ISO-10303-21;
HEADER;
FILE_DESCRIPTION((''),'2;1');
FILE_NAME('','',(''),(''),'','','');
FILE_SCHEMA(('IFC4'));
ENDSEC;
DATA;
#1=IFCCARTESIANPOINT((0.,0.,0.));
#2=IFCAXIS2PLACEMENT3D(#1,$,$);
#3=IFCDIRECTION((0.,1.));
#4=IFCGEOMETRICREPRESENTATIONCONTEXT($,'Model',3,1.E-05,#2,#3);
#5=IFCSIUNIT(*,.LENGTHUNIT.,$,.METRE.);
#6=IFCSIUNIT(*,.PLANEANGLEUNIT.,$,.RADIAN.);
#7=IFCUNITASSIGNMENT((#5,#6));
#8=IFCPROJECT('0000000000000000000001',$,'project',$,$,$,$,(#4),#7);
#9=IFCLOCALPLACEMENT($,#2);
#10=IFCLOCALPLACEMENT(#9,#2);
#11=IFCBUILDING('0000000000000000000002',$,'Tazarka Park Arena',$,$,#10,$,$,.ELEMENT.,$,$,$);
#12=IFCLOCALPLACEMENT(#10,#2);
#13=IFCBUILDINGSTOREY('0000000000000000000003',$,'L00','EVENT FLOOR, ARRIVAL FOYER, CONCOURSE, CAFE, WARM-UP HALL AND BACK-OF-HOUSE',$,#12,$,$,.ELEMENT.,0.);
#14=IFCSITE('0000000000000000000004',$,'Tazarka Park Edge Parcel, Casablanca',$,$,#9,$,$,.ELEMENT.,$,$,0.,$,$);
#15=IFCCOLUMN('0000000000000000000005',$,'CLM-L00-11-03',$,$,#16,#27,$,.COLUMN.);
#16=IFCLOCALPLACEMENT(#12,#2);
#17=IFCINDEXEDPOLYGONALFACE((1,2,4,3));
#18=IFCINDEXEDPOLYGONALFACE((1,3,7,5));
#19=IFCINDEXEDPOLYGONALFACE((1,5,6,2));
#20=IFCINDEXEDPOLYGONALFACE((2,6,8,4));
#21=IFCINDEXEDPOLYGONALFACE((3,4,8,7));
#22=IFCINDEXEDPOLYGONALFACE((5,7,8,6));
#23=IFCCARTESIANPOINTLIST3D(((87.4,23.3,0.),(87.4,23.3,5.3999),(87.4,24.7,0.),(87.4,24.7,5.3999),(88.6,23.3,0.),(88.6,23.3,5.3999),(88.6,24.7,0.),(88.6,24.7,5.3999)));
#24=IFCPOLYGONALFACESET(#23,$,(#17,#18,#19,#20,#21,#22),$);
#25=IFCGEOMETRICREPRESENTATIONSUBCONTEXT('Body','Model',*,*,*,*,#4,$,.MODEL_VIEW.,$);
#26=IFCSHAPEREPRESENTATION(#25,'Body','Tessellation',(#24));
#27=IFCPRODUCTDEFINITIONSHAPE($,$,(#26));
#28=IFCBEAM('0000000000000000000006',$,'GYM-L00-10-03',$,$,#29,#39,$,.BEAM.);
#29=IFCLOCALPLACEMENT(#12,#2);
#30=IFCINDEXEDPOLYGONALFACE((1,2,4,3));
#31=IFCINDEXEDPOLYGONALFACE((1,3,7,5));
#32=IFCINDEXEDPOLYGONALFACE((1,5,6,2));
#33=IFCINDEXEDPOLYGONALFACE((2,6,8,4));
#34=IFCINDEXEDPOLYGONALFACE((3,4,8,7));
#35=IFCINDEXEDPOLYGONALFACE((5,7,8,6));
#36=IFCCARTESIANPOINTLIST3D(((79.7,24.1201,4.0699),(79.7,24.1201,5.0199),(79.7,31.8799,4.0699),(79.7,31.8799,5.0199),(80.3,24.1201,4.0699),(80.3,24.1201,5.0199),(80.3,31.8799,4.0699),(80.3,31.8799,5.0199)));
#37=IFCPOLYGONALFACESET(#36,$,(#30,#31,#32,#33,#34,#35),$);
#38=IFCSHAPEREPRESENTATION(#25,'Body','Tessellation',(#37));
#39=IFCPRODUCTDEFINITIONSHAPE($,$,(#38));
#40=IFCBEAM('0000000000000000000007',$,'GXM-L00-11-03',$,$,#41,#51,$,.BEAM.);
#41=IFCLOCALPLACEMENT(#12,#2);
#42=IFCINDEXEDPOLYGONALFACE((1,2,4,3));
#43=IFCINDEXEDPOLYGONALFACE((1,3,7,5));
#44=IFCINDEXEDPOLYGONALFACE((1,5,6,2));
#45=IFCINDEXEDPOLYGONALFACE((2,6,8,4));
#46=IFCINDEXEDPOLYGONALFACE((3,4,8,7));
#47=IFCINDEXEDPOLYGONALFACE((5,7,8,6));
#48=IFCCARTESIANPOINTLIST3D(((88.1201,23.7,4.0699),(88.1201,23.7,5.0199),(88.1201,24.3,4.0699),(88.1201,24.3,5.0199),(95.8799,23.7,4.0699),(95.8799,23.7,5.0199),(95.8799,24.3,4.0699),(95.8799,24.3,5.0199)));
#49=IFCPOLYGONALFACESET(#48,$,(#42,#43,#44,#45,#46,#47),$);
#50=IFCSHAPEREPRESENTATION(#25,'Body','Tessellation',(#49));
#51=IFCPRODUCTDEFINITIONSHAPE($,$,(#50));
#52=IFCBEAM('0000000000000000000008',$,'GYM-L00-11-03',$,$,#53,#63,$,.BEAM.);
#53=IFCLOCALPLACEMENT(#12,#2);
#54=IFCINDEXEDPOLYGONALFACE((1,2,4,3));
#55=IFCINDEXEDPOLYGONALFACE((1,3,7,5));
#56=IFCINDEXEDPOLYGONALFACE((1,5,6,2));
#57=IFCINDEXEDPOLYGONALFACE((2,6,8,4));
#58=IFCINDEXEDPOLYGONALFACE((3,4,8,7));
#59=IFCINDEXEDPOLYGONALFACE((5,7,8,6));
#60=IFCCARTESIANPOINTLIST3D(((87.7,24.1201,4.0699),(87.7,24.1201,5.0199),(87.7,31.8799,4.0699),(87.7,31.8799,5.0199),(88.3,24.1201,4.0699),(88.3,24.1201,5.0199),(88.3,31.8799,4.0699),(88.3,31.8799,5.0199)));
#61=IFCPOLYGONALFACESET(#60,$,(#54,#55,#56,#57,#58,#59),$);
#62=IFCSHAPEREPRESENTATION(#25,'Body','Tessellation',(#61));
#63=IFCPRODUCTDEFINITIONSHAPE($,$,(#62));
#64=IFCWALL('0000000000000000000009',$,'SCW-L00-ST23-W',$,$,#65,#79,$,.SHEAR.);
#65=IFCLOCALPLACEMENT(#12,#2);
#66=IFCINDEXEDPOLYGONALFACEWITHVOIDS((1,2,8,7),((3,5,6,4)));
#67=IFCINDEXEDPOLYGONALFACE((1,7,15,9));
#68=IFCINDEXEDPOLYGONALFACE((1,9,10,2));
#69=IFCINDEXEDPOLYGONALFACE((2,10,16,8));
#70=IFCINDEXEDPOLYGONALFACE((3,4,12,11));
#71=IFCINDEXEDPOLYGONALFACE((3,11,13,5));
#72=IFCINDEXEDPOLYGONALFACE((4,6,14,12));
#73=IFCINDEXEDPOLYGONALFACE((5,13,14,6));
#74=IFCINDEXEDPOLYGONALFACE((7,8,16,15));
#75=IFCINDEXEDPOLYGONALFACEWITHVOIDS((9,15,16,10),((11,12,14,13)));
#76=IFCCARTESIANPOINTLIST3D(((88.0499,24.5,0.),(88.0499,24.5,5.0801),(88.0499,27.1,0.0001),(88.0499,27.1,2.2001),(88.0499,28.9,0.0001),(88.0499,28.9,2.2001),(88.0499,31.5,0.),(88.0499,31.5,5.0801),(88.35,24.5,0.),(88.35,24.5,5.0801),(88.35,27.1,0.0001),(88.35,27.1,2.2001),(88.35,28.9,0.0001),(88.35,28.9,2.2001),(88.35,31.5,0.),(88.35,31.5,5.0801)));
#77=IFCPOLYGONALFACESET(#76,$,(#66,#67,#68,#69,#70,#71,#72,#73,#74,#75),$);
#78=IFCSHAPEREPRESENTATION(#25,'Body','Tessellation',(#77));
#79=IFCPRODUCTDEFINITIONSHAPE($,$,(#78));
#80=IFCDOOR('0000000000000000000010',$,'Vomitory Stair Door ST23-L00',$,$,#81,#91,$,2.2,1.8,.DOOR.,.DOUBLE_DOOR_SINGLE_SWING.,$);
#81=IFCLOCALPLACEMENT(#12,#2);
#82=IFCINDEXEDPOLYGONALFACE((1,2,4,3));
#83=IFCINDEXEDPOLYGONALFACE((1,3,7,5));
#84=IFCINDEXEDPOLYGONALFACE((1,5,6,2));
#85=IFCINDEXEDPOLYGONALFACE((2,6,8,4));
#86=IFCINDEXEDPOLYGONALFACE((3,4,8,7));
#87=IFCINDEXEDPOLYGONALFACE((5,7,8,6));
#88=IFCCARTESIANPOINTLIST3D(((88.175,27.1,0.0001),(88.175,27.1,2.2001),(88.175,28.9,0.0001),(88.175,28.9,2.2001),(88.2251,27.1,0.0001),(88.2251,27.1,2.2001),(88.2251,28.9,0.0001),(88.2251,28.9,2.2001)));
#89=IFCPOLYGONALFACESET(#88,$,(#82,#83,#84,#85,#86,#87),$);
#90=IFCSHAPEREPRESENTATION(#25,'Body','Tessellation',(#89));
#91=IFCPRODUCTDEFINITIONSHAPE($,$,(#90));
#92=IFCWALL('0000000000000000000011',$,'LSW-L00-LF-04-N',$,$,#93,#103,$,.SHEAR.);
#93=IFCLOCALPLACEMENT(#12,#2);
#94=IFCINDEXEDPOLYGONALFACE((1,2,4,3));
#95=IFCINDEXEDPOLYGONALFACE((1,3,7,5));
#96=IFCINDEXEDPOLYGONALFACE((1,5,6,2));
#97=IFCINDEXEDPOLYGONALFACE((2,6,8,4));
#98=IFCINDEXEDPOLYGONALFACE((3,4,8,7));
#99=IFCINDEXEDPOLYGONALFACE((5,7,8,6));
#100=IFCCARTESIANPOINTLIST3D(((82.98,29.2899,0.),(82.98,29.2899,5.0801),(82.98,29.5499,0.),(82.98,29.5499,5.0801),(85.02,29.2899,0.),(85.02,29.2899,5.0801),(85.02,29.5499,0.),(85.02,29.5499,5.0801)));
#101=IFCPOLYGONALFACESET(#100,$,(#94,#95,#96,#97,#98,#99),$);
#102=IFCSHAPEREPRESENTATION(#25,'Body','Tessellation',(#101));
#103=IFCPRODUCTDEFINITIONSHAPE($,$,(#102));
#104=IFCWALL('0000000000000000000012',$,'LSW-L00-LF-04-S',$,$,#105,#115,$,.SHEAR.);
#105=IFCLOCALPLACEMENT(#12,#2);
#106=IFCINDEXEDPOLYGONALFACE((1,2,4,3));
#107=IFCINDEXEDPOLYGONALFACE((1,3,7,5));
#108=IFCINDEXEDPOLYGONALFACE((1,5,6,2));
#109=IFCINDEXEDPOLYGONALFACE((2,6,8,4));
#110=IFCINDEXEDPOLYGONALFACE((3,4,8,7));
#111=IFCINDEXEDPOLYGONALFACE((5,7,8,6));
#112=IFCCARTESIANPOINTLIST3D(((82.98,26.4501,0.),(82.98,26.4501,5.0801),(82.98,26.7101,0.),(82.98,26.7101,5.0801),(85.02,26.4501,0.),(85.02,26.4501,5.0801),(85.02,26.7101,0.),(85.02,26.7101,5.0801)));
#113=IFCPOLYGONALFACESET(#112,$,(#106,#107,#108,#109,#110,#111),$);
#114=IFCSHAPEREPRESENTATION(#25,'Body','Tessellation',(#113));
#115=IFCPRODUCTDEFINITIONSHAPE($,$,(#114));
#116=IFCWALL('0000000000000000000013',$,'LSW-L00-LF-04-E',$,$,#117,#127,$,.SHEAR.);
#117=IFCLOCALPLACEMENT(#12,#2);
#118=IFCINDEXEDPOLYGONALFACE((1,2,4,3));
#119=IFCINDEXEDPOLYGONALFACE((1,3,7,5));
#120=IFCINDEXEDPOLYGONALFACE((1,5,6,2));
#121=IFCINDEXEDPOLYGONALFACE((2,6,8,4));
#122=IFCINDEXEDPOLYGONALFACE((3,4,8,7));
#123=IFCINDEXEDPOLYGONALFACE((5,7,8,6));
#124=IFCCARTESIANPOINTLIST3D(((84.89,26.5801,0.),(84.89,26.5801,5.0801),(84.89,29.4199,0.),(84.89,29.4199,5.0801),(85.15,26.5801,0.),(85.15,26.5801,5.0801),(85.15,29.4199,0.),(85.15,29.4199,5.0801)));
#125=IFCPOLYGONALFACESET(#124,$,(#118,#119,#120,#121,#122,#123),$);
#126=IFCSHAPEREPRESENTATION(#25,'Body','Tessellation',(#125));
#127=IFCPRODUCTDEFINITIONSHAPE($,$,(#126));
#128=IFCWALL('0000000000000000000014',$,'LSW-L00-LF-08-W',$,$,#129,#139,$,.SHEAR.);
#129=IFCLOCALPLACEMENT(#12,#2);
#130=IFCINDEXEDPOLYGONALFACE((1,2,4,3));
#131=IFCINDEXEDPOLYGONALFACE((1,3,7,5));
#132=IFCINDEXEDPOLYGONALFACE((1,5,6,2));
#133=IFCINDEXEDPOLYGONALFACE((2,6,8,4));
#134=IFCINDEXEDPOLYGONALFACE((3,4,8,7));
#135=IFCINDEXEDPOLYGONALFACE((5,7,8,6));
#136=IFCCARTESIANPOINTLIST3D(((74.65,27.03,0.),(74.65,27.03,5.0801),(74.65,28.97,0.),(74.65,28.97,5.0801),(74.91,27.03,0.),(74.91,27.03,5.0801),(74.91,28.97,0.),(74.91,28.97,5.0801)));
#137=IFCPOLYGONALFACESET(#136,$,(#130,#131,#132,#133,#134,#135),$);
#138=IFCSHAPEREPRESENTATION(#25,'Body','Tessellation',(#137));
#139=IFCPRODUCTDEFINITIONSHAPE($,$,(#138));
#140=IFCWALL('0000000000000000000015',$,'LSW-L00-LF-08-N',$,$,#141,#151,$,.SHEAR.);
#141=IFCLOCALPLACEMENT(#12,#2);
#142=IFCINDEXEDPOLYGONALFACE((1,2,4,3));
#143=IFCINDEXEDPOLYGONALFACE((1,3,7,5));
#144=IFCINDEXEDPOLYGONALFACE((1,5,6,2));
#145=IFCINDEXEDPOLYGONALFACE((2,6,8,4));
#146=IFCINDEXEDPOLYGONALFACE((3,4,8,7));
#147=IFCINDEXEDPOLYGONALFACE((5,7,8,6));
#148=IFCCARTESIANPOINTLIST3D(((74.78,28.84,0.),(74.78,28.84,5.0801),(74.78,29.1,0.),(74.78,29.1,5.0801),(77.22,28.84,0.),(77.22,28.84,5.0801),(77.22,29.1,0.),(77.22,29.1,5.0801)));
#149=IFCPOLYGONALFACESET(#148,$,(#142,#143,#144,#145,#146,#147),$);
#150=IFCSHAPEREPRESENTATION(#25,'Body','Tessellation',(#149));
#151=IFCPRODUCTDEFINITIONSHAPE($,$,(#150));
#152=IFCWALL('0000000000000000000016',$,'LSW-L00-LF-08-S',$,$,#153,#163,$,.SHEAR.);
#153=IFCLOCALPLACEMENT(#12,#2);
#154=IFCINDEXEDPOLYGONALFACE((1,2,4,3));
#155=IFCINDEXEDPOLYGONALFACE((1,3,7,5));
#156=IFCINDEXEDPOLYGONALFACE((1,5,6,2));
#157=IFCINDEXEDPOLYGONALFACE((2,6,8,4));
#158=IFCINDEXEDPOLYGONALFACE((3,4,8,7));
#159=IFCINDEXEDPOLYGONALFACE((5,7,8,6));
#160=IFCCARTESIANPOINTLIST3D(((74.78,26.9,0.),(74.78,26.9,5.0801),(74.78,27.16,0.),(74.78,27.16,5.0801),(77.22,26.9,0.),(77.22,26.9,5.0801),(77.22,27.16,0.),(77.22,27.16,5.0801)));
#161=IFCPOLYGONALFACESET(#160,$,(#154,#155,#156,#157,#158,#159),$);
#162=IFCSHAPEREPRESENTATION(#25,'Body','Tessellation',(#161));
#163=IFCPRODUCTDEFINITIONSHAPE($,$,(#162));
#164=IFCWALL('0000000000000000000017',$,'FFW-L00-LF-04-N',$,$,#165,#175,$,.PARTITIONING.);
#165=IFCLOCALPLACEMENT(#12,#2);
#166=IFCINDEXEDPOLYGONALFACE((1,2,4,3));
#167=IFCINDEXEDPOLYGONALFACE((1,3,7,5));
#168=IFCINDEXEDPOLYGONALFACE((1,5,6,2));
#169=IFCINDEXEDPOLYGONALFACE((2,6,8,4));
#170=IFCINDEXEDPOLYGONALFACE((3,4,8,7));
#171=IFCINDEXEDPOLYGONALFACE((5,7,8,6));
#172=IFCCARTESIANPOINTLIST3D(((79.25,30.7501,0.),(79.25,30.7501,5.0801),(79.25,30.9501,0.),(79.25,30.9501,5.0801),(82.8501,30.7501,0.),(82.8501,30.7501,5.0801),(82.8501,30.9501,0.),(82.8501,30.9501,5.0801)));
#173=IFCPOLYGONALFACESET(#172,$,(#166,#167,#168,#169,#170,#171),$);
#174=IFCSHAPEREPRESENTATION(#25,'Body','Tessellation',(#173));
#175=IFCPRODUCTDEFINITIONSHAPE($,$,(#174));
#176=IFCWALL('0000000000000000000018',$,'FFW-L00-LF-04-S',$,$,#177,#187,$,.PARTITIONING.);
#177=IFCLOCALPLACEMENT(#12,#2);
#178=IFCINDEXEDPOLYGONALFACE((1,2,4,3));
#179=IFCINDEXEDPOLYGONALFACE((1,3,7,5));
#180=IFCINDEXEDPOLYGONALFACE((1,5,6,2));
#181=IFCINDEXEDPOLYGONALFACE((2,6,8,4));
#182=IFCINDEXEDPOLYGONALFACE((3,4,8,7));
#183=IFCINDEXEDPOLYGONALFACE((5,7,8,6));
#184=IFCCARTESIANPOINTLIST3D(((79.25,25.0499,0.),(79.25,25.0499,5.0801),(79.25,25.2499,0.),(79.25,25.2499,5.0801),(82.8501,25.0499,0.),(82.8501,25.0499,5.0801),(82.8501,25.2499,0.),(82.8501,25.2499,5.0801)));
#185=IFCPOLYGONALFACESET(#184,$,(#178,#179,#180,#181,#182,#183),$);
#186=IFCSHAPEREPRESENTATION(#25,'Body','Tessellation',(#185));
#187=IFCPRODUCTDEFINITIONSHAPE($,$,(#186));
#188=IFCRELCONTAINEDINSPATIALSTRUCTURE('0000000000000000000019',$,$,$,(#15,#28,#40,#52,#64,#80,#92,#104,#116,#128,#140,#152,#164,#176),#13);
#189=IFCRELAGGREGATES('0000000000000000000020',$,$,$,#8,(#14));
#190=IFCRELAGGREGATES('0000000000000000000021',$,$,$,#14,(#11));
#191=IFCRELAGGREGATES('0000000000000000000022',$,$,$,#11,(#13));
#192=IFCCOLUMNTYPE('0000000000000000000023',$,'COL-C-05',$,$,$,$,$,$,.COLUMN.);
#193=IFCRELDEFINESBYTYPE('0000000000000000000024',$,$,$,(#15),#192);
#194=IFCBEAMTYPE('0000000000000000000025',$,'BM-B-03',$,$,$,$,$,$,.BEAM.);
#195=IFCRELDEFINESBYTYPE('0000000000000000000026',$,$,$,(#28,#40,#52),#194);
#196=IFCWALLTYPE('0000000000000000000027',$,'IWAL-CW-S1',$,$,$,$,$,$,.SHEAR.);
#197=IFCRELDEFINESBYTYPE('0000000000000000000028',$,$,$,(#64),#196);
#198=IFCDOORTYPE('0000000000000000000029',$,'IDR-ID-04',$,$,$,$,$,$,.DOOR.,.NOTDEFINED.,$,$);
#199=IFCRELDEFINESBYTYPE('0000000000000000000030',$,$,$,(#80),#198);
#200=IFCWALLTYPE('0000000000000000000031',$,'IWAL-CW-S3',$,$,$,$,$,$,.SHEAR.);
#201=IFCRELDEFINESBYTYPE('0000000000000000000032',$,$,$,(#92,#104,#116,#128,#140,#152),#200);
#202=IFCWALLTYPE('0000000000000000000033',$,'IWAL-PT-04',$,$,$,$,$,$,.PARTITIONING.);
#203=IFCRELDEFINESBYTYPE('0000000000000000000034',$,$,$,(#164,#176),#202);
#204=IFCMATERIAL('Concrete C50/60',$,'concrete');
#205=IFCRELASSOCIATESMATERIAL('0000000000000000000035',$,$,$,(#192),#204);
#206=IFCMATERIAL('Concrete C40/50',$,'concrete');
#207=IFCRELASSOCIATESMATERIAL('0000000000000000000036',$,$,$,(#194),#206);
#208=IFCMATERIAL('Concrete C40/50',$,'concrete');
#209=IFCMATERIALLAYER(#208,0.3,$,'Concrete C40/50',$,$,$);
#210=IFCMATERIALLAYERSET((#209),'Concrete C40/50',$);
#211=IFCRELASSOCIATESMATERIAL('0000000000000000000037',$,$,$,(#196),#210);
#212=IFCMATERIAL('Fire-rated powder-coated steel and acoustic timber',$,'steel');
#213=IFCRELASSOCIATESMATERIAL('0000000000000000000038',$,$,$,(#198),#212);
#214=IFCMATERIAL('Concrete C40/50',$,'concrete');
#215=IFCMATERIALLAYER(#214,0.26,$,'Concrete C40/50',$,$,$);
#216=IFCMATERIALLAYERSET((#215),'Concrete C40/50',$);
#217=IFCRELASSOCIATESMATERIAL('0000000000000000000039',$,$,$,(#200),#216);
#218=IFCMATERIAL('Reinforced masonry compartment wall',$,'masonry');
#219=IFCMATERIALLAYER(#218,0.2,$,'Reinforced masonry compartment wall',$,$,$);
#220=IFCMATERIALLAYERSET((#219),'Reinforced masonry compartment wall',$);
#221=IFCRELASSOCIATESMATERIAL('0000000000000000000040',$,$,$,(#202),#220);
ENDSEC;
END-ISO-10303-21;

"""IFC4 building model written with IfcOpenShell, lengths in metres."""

from ifc_helpers import new_model, si_unit, direction, frame, frame_2d, origin, origin_2d, place, context, subcontext, project, spatial, rectangle, extrude, material, layer, layer_set, material_profile, profile_set, type_object, element, fill, save


model = new_model("IFC4")

# Units and contexts
model_context = context("Model", 3, precision=1e-05, world=origin(), true_north=direction((0.0, 1.0)))
body_context = subcontext(model_context, "Body", "Model", "MODEL_VIEW")
ifc_project = project(units=[si_unit("LENGTHUNIT", "METRE"), si_unit("PLANEANGLEUNIT", "RADIAN")], contexts=[model_context])

# Site, building, storey
site_placement = place(None, origin())
site = spatial("IfcSite", under=ifc_project, at=site_placement, Name="Tazarka Park Edge Parcel, Casablanca", CompositionType="ELEMENT", RefElevation=0.0)
building_placement = place(site_placement, origin())
building = spatial("IfcBuilding", under=site, at=building_placement, Name="Tazarka Park Arena", CompositionType="ELEMENT")
storey_placement = place(building_placement, origin())
storey = spatial("IfcBuildingStorey", under=building, at=storey_placement, Name="L00", Description="EVENT FLOOR, ARRIVAL FOYER, CONCOURSE, CAFE, WARM-UP HALL AND BACK-OF-HOUSE", CompositionType="ELEMENT", Elevation=0.0)

# Column
ifc_material_1 = material(Name="Concrete C50/60", Category="concrete")
ifc_material_profile_1 = material_profile(ifc_material_1, rectangle(XDim=1.2, YDim=1.3999, at=origin_2d()), Name="Concrete C50/60")
ifc_profile_set_1 = profile_set([ifc_material_profile_1], Name="Concrete C50/60")
column_type = type_object("IfcColumnType", Name="COL-C-05", PredefinedType="COLUMN", material=ifc_profile_set_1)
column_placement = place(storey_placement, frame((88.0, 24.0, 0.0), z_axis=(0.0, 0.0, 1.0), x_axis=(1.0, 0.0, 0.0)))
element("IfcColumn", 1, at=column_placement, inside=storey, type_object=column_type, Name="CLM-L00-11-03", PredefinedType="COLUMN", context=body_context, shape_type="SweptSolid", body=[
    extrude(rectangle(XDim=1.2, YDim=1.3999, at=origin_2d()), origin(), (0.0, 0.0, 1.0), 5.3999),
])

# Beams
ifc_material_2 = material(Name="Concrete C40/50", Category="concrete")
ifc_material_profile_2 = material_profile(ifc_material_2, rectangle(XDim=0.6001, YDim=0.95, at=origin_2d()), Name="Concrete C40/50")
ifc_profile_set_2 = profile_set([ifc_material_profile_2], Name="Concrete C40/50")
beam_type = type_object("IfcBeamType", Name="BM-B-03", PredefinedType="BEAM", material=ifc_profile_set_2)
for number, where, z_axis, x_axis, name in (
    (2, (80.0, 24.1201, 4.5449), (0.0, 1.0, 0.0), (-1.0, 0.0, 0.0), "GYM-L00-10-03"),
    (3, (88.1201, 24.0, 4.5449), (1.0, 0.0, 0.0), (0.0, 1.0, 0.0), "GXM-L00-11-03"),
    (4, (88.0, 24.1201, 4.5449), (0.0, 1.0, 0.0), (-1.0, 0.0, 0.0), "GYM-L00-11-03"),
):
    element("IfcBeam", number, at=place(storey_placement, frame(where, z_axis=z_axis, x_axis=x_axis)), inside=storey, type_object=beam_type, Name=name, PredefinedType="BEAM", context=body_context, shape_type="SweptSolid", body=[
        extrude(rectangle(XDim=0.6001, YDim=0.95, at=origin_2d()), origin(), (0.0, 0.0, 1.0), 7.7598),
    ])

# Wall, opening, door
ifc_material_3 = material(Name="Concrete C40/50", Category="concrete")
ifc_layer_1 = layer(ifc_material_3, 0.3, Name="Concrete C40/50")
ifc_layer_set_1 = layer_set([ifc_layer_1], Name="Concrete C40/50")
wall_type_1 = type_object("IfcWallType", Name="IWAL-CW-S1", PredefinedType="SHEAR", material=ifc_layer_set_1)
wall_1_placement = place(storey_placement, frame((88.2, 24.5, 0.0), z_axis=(0.0, 0.0, 1.0), x_axis=(0.0, 1.0, 0.0)))
wall_1 = element("IfcWall", 5, at=wall_1_placement, inside=storey, type_object=wall_type_1, Name="SCW-L00-ST23-W", PredefinedType="SHEAR", context=body_context, shape_type="SweptSolid", body=[
    extrude(rectangle(XDim=7.0, YDim=0.3, at=frame_2d((3.5, 0.0))), origin(), (0.0, 0.0, 1.0), 5.0801),
])
opening_1_placement = place(wall_1_placement, frame((2.6001, 0.0, 0.0)))
opening_1 = element("IfcOpeningElement", 6, at=opening_1_placement, cuts=wall_1, PredefinedType="OPENING", context=body_context, shape_type="SweptSolid", body=[
    extrude(rectangle(XDim=1.8, YDim=2.2, at=frame_2d((0.8999, 1.1001))), frame((0.0, 0.1602, 0.0), z_axis=(0.0, -1.0, 0.0), x_axis=(1.0, 0.0, 0.0)), (0.0, 0.0, 1.0), 0.3201),
])
ifc_material_4 = material(Name="Fire-rated powder-coated steel and acoustic timber", Category="steel")
door_type_1 = type_object("IfcDoorType", Name="IDR-ID-04", OperationType="NOTDEFINED", PredefinedType="DOOR", material=ifc_material_4)
door_1_placement = place(opening_1_placement, origin())
door_1 = element("IfcDoor", 7, at=door_1_placement, inside=storey, type_object=door_type_1, Name="Vomitory Stair Door ST23-L00", OperationType="DOUBLE_DOOR_SINGLE_SWING", OverallHeight=2.2, OverallWidth=1.8, PredefinedType="DOOR", context=body_context, shape_type="SweptSolid", body=[
    extrude(rectangle(XDim=1.8, YDim=2.2, at=frame_2d((0.8999, 1.1001))), frame((0.0, 0.0249, 0.0), z_axis=(0.0, -1.0, 0.0), x_axis=(1.0, 0.0, 0.0)), (0.0, 0.0, 1.0), 0.05),
])
fill(opening_1, door_1)
ifc_material_5 = material(Name="Concrete C40/50", Category="concrete")
ifc_layer_2 = layer(ifc_material_5, 0.26, Name="Concrete C40/50")
ifc_layer_set_2 = layer_set([ifc_layer_2], Name="Concrete C40/50")
wall_type_2 = type_object("IfcWallType", Name="IWAL-CW-S3", PredefinedType="SHEAR", material=ifc_layer_set_2)

# Walls
for number, where, z_axis, x_axis, name in (
    (8, (82.98, 29.4199, 0.0), (0.0, 0.0, 1.0), (1.0, 0.0, 0.0), "LSW-L00-LF-04-N"),
    (9, (85.02, 26.5801, 0.0), (0.0, 0.0, 1.0), (-1.0, 0.0, 0.0), "LSW-L00-LF-04-S"),
):
    element("IfcWall", number, at=place(storey_placement, frame(where, z_axis=z_axis, x_axis=x_axis)), inside=storey, type_object=wall_type_2, Name=name, PredefinedType="SHEAR", context=body_context, shape_type="SweptSolid", body=[
        extrude(rectangle(XDim=2.04, YDim=0.26, at=frame_2d((1.02, 0.0))), origin(), (0.0, 0.0, 1.0), 5.0801),
    ])
wall_2_placement = place(storey_placement, frame((85.02, 29.4199, 0.0), z_axis=(0.0, 0.0, 1.0), x_axis=(0.0, -1.0, 0.0)))
element("IfcWall", 10, at=wall_2_placement, inside=storey, type_object=wall_type_2, Name="LSW-L00-LF-04-E", PredefinedType="SHEAR", context=body_context, shape_type="SweptSolid", body=[
    extrude(rectangle(XDim=2.8398, YDim=0.26, at=frame_2d((1.4199, 0.0))), origin(), (0.0, 0.0, 1.0), 5.0801),
])
wall_3_placement = place(storey_placement, frame((74.78, 27.03, 0.0), z_axis=(0.0, 0.0, 1.0), x_axis=(0.0, 1.0, 0.0)))
element("IfcWall", 11, at=wall_3_placement, inside=storey, type_object=wall_type_2, Name="LSW-L00-LF-08-W", PredefinedType="SHEAR", context=body_context, shape_type="SweptSolid", body=[
    extrude(rectangle(XDim=1.9399, YDim=0.26, at=frame_2d((0.97, 0.0))), origin(), (0.0, 0.0, 1.0), 5.0801),
])
for number, where, z_axis, x_axis, name in (
    (12, (74.78, 28.97, 0.0), (0.0, 0.0, 1.0), (1.0, 0.0, 0.0), "LSW-L00-LF-08-N"),
    (13, (77.22, 27.03, 0.0), (0.0, 0.0, 1.0), (-1.0, 0.0, 0.0), "LSW-L00-LF-08-S"),
):
    element("IfcWall", number, at=place(storey_placement, frame(where, z_axis=z_axis, x_axis=x_axis)), inside=storey, type_object=wall_type_2, Name=name, PredefinedType="SHEAR", context=body_context, shape_type="SweptSolid", body=[
        extrude(rectangle(XDim=2.4399, YDim=0.26, at=frame_2d((1.22, 0.0))), origin(), (0.0, 0.0, 1.0), 5.0801),
    ])

# Walls
ifc_material_6 = material(Name="Reinforced masonry compartment wall", Category="masonry")
ifc_layer_3 = layer(ifc_material_6, 0.2, Name="Reinforced masonry compartment wall")
ifc_layer_set_3 = layer_set([ifc_layer_3], Name="Reinforced masonry compartment wall")
wall_type_3 = type_object("IfcWallType", Name="IWAL-PT-04", PredefinedType="PARTITIONING", material=ifc_layer_set_3)
for number, where, z_axis, x_axis, name in (
    (14, (79.25, 30.8501, 0.0), (0.0, 0.0, 1.0), (1.0, 0.0, 0.0), "FFW-L00-LF-04-N"),
    (15, (82.8501, 25.1499, 0.0), (0.0, 0.0, 1.0), (-1.0, 0.0, 0.0), "FFW-L00-LF-04-S"),
):
    element("IfcWall", number, at=place(storey_placement, frame(where, z_axis=z_axis, x_axis=x_axis)), inside=storey, type_object=wall_type_3, Name=name, PredefinedType="PARTITIONING", context=body_context, shape_type="SweptSolid", body=[
        extrude(rectangle(XDim=3.6001, YDim=0.2, at=frame_2d((1.8, 0.0))), origin(), (0.0, 0.0, 1.0), 5.0801),
    ])

save(model, "model.ifc")
